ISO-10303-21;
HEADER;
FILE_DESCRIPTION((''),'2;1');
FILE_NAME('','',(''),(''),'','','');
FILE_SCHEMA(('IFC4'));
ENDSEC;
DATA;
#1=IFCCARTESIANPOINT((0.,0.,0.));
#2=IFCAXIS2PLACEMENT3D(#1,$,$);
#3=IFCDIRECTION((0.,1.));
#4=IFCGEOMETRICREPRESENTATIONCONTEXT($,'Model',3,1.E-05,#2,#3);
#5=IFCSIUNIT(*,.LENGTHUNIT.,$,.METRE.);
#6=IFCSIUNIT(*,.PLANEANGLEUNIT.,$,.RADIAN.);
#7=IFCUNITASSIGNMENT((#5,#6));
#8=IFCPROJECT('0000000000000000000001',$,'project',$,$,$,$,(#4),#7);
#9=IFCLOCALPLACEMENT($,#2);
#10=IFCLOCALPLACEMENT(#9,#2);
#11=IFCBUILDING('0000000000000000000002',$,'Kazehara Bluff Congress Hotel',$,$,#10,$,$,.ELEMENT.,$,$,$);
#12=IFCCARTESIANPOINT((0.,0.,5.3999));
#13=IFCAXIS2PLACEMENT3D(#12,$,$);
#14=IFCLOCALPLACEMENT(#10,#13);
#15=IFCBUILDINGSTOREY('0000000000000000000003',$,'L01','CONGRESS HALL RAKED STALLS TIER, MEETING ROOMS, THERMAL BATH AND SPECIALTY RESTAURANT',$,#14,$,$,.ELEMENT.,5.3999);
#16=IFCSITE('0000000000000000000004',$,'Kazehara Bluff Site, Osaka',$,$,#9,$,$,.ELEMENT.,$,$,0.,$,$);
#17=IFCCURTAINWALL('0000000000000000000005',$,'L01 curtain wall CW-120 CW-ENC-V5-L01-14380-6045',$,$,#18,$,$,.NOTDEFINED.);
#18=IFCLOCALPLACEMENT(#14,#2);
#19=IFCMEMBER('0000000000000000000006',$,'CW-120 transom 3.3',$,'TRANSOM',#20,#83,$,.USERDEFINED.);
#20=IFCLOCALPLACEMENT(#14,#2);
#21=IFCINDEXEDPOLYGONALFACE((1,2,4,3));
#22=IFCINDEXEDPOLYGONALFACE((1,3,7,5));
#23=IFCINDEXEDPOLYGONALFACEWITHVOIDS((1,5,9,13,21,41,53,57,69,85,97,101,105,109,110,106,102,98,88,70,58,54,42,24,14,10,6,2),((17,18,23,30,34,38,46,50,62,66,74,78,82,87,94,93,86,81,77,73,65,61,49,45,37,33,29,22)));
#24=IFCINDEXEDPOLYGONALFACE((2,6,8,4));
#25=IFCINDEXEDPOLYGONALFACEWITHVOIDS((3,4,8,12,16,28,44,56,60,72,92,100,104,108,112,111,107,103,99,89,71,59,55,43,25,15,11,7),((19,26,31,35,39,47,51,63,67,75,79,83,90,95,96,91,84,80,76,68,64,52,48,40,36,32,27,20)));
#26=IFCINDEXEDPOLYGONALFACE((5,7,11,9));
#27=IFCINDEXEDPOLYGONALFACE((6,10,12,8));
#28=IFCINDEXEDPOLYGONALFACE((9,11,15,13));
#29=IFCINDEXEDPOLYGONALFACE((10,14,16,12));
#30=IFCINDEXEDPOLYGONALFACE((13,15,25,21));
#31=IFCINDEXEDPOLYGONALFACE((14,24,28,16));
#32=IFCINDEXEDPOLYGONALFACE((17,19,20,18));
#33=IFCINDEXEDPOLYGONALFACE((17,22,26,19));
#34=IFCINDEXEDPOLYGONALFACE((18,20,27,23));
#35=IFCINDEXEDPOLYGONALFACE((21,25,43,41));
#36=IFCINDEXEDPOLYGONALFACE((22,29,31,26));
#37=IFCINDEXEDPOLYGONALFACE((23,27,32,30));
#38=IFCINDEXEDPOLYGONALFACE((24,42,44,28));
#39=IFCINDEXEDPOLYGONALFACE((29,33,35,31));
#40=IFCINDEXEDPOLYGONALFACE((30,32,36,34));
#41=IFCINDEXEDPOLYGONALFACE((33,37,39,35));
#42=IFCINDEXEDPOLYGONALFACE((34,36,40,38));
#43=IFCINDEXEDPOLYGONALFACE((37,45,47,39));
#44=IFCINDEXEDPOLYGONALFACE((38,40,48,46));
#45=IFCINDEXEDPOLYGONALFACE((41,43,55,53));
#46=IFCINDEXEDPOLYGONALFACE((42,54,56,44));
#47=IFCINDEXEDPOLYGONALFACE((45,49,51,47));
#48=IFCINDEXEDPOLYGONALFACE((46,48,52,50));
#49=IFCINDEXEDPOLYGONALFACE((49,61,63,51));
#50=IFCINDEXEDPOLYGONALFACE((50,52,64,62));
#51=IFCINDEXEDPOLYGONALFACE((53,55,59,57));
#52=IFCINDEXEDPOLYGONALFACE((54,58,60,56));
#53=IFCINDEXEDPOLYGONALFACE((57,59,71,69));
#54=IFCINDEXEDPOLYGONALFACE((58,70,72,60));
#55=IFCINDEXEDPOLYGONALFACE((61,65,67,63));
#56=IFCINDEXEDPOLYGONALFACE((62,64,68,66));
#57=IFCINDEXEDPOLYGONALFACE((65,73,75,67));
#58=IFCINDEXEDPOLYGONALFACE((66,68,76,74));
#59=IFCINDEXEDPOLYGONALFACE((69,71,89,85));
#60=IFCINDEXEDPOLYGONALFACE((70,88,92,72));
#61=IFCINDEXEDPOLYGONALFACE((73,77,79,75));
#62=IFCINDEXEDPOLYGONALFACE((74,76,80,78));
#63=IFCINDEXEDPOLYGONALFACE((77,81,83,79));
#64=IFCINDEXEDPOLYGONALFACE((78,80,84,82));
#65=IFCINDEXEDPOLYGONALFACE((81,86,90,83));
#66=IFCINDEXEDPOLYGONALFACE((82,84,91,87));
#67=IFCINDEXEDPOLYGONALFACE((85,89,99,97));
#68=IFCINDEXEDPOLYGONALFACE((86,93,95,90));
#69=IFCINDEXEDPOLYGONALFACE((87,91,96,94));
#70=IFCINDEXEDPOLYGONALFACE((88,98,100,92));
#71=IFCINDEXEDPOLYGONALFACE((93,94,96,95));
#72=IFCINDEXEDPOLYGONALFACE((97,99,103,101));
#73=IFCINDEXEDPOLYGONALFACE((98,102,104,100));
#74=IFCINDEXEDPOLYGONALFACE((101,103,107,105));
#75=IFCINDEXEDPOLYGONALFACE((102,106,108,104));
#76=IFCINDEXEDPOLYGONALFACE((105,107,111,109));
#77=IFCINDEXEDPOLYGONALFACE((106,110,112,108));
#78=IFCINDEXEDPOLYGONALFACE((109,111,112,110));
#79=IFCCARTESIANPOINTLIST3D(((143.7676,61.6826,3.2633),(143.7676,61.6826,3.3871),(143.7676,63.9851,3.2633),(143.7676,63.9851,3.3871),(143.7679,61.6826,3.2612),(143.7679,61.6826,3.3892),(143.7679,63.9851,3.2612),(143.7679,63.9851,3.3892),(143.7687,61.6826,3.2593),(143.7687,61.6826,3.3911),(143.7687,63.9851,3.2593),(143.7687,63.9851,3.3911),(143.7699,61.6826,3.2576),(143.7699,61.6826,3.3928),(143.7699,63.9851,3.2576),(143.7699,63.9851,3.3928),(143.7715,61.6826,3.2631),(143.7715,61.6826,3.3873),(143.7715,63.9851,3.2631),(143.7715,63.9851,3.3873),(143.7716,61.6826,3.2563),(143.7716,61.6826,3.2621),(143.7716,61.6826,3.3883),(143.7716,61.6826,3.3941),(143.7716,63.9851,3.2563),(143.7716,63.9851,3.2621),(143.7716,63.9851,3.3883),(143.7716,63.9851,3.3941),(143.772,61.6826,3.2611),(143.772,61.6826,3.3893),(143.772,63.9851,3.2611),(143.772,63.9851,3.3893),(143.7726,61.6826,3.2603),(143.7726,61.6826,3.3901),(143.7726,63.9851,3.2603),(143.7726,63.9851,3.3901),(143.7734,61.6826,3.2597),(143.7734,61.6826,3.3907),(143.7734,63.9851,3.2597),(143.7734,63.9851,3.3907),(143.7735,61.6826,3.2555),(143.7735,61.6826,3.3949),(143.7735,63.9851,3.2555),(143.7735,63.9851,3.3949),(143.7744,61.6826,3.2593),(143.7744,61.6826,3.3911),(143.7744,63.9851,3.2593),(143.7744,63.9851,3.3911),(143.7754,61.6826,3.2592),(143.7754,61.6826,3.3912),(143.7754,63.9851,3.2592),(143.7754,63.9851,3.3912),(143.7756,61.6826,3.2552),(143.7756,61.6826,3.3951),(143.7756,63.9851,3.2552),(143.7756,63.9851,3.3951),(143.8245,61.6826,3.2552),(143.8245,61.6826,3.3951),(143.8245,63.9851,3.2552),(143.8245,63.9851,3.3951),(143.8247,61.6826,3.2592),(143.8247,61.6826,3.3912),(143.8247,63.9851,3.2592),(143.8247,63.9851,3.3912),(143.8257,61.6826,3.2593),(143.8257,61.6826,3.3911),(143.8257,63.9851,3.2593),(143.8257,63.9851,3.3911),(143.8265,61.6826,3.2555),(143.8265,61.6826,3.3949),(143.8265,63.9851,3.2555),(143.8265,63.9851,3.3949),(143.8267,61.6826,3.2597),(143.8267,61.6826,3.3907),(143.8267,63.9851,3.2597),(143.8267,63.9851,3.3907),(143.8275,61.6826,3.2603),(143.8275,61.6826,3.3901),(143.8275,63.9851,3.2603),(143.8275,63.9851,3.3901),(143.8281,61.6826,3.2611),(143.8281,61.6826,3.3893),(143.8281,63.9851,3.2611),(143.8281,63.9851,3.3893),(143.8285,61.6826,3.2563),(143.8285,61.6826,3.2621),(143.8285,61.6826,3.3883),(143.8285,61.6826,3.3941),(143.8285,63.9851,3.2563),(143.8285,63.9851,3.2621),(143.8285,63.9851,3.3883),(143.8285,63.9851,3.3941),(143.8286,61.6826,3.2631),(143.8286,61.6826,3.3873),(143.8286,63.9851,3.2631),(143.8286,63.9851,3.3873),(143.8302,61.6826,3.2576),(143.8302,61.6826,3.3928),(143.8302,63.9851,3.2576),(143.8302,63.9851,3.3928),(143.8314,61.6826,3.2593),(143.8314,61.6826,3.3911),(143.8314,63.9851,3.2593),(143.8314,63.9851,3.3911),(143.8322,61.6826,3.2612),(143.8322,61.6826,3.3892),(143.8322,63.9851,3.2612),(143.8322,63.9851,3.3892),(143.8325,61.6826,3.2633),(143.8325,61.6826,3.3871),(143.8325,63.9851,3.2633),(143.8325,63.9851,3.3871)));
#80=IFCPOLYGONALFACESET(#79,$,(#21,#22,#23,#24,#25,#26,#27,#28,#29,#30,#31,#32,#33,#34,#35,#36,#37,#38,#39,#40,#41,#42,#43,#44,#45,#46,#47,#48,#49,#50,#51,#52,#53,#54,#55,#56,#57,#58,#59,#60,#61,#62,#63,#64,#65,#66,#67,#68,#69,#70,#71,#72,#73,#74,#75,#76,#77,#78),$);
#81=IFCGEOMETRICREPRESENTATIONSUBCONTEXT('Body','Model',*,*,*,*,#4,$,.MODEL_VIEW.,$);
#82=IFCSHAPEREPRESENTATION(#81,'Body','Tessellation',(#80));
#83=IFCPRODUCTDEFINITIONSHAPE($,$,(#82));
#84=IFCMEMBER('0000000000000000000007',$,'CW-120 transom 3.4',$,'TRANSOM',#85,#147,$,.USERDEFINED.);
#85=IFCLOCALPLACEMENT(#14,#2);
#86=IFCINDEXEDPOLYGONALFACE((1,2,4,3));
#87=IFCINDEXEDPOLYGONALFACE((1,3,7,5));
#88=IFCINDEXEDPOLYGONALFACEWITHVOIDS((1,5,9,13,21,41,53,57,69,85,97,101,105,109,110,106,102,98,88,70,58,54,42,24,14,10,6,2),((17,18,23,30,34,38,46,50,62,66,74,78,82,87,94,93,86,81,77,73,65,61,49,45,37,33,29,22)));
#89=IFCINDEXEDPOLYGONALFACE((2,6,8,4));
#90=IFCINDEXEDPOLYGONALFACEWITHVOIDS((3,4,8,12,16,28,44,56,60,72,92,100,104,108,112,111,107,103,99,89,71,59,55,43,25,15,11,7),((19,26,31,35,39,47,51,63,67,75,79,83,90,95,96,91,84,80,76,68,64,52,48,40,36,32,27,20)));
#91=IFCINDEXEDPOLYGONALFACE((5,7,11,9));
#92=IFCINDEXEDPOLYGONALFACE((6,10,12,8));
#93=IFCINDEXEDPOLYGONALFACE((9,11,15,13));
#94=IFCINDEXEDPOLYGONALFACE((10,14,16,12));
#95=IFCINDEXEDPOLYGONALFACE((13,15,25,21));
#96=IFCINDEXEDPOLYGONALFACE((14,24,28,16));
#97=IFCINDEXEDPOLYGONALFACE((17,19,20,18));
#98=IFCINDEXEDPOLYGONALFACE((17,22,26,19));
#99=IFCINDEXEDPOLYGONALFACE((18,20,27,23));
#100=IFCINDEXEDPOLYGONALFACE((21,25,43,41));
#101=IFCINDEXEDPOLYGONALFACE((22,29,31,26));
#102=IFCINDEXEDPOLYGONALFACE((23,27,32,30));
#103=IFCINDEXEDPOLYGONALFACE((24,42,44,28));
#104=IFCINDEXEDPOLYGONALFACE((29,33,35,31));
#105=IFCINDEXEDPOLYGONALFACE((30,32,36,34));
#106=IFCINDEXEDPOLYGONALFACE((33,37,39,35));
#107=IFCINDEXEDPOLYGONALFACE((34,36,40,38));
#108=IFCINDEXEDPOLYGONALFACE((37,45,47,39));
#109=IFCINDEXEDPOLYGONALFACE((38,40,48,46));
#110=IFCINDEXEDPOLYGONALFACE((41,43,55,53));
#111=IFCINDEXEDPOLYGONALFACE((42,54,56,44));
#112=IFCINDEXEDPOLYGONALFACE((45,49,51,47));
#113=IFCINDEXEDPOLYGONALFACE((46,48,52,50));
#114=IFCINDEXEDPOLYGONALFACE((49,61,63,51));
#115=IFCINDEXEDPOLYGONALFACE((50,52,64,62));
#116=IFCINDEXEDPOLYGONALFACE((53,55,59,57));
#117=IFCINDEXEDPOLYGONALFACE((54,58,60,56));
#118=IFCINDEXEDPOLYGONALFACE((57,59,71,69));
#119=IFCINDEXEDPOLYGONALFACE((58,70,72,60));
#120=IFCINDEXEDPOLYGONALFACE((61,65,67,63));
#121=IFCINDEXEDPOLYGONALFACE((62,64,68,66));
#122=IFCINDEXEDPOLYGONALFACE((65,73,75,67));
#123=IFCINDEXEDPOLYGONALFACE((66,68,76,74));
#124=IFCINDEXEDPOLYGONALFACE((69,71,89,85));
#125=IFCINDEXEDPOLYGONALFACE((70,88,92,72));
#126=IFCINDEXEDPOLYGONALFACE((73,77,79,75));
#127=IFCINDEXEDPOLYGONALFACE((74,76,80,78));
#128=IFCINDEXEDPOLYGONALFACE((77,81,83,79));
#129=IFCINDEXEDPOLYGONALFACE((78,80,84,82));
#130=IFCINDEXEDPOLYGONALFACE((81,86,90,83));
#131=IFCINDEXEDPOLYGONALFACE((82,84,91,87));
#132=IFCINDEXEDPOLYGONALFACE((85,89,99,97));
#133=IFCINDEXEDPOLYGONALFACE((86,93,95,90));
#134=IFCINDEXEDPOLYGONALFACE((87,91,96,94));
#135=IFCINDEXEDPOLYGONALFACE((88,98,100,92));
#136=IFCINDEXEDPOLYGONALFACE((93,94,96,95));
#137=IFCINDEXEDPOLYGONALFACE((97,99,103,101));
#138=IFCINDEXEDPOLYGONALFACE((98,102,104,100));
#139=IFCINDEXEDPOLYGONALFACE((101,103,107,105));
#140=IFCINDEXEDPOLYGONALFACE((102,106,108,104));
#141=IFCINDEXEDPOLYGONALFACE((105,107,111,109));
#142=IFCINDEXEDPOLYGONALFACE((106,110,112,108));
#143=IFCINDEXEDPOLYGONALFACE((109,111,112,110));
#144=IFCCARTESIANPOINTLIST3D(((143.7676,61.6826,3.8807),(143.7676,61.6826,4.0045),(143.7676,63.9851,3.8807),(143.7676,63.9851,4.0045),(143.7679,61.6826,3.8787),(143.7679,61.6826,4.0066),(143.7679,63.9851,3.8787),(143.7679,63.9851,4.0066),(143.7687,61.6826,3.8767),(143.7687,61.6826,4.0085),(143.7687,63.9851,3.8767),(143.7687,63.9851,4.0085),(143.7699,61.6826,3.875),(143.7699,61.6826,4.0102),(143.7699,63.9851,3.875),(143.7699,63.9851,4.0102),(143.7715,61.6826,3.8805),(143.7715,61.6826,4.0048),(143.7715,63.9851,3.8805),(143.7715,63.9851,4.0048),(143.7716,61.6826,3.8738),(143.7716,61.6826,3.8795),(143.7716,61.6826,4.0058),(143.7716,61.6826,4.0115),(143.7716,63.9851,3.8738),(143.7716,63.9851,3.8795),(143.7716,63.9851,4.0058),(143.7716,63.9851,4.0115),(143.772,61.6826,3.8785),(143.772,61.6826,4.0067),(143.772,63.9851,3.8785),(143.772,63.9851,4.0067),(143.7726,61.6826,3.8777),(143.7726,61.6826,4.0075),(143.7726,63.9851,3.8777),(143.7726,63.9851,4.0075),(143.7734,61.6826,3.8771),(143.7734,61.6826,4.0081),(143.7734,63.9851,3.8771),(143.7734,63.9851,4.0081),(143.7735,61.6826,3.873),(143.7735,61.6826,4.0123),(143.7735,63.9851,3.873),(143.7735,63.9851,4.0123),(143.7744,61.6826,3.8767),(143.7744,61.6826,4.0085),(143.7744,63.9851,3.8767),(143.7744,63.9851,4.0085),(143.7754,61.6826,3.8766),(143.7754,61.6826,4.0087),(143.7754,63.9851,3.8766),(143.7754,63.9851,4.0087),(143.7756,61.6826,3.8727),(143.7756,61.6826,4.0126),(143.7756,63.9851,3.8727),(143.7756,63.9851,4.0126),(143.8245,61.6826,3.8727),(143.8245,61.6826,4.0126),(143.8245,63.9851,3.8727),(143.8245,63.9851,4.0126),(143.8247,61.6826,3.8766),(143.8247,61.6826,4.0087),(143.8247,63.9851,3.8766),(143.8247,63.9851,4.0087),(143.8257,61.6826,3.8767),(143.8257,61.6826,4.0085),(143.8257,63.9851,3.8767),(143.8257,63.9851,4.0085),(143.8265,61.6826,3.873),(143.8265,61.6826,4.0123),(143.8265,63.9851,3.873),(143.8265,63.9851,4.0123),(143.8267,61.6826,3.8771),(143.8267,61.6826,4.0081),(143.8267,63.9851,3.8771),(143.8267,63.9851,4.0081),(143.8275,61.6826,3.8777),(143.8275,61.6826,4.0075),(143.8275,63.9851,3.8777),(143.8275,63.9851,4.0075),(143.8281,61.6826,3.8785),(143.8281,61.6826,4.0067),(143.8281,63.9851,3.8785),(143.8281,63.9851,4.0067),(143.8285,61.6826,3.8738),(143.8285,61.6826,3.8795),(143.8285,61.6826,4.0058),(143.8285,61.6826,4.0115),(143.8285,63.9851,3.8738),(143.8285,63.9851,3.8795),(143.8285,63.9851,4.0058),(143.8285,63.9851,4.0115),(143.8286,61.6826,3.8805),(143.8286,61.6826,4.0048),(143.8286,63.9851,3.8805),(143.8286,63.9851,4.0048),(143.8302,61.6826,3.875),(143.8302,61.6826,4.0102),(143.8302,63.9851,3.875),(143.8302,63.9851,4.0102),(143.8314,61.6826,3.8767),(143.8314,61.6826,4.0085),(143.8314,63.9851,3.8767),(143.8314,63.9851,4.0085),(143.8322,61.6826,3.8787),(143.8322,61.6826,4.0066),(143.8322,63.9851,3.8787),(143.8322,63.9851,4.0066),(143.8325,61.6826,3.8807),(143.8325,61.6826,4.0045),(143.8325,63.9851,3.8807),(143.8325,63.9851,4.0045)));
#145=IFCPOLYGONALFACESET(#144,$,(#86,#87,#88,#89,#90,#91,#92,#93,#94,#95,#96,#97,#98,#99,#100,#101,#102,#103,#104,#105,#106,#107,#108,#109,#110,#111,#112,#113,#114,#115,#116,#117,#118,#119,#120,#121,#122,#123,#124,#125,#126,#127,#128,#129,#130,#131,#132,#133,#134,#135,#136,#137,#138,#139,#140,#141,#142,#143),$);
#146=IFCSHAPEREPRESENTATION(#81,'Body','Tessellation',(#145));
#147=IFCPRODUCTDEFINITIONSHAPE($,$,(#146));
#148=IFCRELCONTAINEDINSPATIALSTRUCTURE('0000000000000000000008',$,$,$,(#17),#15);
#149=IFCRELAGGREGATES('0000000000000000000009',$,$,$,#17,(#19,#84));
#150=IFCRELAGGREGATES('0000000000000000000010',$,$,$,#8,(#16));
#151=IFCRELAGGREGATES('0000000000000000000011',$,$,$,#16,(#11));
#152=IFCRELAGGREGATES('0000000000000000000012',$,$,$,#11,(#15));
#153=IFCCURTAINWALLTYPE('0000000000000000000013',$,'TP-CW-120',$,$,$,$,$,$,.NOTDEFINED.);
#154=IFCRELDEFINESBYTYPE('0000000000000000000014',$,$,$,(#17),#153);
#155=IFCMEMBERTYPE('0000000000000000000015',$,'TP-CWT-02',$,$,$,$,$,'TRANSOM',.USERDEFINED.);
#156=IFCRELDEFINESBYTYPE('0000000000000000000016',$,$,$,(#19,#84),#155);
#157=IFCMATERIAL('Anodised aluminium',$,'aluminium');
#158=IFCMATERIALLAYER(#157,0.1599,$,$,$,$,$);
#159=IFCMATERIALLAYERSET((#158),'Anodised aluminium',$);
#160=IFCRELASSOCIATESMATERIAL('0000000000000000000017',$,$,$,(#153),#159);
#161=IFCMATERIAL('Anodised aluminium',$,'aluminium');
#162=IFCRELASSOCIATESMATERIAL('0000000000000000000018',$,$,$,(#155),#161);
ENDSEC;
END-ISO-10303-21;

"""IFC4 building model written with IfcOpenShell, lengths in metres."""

from ifc_helpers import new_model, si_unit, direction, frame, origin, origin_2d, place, context, subcontext, project, spatial, hollow_rectangle, extrude, material, layer, layer_set, material_profile, profile_set, type_object, element, aggregate, save


model = new_model("IFC4")

# Units and contexts
model_context = context("Model", 3, precision=1e-05, world=origin(), true_north=direction((0.0, 1.0)))
body_context = subcontext(model_context, "Body", "Model", "MODEL_VIEW")
ifc_project = project(units=[si_unit("LENGTHUNIT", "METRE"), si_unit("PLANEANGLEUNIT", "RADIAN")], contexts=[model_context])

# Site, building, storey
site_placement = place(None, origin())
site = spatial("IfcSite", under=ifc_project, at=site_placement, Name="Kazehara Bluff Site, Osaka", CompositionType="ELEMENT", RefElevation=0.0)
building_placement = place(site_placement, origin())
building = spatial("IfcBuilding", under=site, at=building_placement, Name="Kazehara Bluff Congress Hotel", CompositionType="ELEMENT")
storey_placement = place(building_placement, frame((0.0, 0.0, 5.3999)))
storey = spatial("IfcBuildingStorey", under=building, at=storey_placement, Name="L01", Description="CONGRESS HALL RAKED STALLS TIER, MEETING ROOMS, THERMAL BATH AND SPECIALTY RESTAURANT", CompositionType="ELEMENT", Elevation=5.3999)

# Curtain wall
ifc_material_1 = material(Name="Anodised aluminium", Category="aluminium")
ifc_layer_1 = layer(ifc_material_1, 0.1599)
ifc_layer_set_1 = layer_set([ifc_layer_1], Name="Anodised aluminium")
curtain_wall_type_1 = type_object("IfcCurtainWallType", Name="TP-CW-120", PredefinedType="NOTDEFINED", material=ifc_layer_set_1)
curtain_wall_1_placement = place(storey_placement, origin())
curtain_wall_1 = element("IfcCurtainWall", 1, at=curtain_wall_1_placement, inside=storey, type_object=curtain_wall_type_1, Name="L01 curtain wall CW-120 CW-ENC-V5-L01-14380-6045", PredefinedType="NOTDEFINED")

# Members
ifc_material_2 = material(Name="Anodised aluminium", Category="aluminium")
ifc_material_profile_1 = material_profile(ifc_material_2, hollow_rectangle(XDim=0.0649, YDim=0.1399, WallThickness=0.0039, InnerFilletRadius=0.0039, OuterFilletRadius=0.0081, at=origin_2d()))
ifc_profile_set_1 = profile_set([ifc_material_profile_1], Name="Anodised aluminium")
member_type_1 = type_object("IfcMemberType", Name="TP-CWT-02", ElementType="TRANSOM", PredefinedType="USERDEFINED", material=ifc_profile_set_1)
member_1_placement = place(storey_placement, frame((143.8, 61.6826, 3.3252), z_axis=(0.0, 1.0, 0.0), x_axis=(-1.0, 0.0, 0.0)))
member_1 = element("IfcMember", 2, at=member_1_placement, type_object=member_type_1, Name="CW-120 transom 3.3", ObjectType="TRANSOM", PredefinedType="USERDEFINED", context=body_context, shape_type="SweptSolid", body=[
    extrude(hollow_rectangle(XDim=0.0649, YDim=0.1399, WallThickness=0.0039, InnerFilletRadius=0.0039, OuterFilletRadius=0.0081, at=origin_2d()), origin(), (0.0, 0.0, 1.0), 2.3025),
])
member_2_placement = place(storey_placement, frame((143.8, 61.6826, 3.9426), z_axis=(0.0, 1.0, 0.0), x_axis=(-1.0, 0.0, 0.0)))
member_2 = element("IfcMember", 3, at=member_2_placement, type_object=member_type_1, Name="CW-120 transom 3.4", ObjectType="TRANSOM", PredefinedType="USERDEFINED", context=body_context, shape_type="SweptSolid", body=[
    extrude(hollow_rectangle(XDim=0.0649, YDim=0.1399, WallThickness=0.0039, InnerFilletRadius=0.0039, OuterFilletRadius=0.0081, at=origin_2d()), origin(), (0.0, 0.0, 1.0), 2.3025),
])

aggregate(curtain_wall_1, [member_1, member_2])

save(model, "model.ifc")
